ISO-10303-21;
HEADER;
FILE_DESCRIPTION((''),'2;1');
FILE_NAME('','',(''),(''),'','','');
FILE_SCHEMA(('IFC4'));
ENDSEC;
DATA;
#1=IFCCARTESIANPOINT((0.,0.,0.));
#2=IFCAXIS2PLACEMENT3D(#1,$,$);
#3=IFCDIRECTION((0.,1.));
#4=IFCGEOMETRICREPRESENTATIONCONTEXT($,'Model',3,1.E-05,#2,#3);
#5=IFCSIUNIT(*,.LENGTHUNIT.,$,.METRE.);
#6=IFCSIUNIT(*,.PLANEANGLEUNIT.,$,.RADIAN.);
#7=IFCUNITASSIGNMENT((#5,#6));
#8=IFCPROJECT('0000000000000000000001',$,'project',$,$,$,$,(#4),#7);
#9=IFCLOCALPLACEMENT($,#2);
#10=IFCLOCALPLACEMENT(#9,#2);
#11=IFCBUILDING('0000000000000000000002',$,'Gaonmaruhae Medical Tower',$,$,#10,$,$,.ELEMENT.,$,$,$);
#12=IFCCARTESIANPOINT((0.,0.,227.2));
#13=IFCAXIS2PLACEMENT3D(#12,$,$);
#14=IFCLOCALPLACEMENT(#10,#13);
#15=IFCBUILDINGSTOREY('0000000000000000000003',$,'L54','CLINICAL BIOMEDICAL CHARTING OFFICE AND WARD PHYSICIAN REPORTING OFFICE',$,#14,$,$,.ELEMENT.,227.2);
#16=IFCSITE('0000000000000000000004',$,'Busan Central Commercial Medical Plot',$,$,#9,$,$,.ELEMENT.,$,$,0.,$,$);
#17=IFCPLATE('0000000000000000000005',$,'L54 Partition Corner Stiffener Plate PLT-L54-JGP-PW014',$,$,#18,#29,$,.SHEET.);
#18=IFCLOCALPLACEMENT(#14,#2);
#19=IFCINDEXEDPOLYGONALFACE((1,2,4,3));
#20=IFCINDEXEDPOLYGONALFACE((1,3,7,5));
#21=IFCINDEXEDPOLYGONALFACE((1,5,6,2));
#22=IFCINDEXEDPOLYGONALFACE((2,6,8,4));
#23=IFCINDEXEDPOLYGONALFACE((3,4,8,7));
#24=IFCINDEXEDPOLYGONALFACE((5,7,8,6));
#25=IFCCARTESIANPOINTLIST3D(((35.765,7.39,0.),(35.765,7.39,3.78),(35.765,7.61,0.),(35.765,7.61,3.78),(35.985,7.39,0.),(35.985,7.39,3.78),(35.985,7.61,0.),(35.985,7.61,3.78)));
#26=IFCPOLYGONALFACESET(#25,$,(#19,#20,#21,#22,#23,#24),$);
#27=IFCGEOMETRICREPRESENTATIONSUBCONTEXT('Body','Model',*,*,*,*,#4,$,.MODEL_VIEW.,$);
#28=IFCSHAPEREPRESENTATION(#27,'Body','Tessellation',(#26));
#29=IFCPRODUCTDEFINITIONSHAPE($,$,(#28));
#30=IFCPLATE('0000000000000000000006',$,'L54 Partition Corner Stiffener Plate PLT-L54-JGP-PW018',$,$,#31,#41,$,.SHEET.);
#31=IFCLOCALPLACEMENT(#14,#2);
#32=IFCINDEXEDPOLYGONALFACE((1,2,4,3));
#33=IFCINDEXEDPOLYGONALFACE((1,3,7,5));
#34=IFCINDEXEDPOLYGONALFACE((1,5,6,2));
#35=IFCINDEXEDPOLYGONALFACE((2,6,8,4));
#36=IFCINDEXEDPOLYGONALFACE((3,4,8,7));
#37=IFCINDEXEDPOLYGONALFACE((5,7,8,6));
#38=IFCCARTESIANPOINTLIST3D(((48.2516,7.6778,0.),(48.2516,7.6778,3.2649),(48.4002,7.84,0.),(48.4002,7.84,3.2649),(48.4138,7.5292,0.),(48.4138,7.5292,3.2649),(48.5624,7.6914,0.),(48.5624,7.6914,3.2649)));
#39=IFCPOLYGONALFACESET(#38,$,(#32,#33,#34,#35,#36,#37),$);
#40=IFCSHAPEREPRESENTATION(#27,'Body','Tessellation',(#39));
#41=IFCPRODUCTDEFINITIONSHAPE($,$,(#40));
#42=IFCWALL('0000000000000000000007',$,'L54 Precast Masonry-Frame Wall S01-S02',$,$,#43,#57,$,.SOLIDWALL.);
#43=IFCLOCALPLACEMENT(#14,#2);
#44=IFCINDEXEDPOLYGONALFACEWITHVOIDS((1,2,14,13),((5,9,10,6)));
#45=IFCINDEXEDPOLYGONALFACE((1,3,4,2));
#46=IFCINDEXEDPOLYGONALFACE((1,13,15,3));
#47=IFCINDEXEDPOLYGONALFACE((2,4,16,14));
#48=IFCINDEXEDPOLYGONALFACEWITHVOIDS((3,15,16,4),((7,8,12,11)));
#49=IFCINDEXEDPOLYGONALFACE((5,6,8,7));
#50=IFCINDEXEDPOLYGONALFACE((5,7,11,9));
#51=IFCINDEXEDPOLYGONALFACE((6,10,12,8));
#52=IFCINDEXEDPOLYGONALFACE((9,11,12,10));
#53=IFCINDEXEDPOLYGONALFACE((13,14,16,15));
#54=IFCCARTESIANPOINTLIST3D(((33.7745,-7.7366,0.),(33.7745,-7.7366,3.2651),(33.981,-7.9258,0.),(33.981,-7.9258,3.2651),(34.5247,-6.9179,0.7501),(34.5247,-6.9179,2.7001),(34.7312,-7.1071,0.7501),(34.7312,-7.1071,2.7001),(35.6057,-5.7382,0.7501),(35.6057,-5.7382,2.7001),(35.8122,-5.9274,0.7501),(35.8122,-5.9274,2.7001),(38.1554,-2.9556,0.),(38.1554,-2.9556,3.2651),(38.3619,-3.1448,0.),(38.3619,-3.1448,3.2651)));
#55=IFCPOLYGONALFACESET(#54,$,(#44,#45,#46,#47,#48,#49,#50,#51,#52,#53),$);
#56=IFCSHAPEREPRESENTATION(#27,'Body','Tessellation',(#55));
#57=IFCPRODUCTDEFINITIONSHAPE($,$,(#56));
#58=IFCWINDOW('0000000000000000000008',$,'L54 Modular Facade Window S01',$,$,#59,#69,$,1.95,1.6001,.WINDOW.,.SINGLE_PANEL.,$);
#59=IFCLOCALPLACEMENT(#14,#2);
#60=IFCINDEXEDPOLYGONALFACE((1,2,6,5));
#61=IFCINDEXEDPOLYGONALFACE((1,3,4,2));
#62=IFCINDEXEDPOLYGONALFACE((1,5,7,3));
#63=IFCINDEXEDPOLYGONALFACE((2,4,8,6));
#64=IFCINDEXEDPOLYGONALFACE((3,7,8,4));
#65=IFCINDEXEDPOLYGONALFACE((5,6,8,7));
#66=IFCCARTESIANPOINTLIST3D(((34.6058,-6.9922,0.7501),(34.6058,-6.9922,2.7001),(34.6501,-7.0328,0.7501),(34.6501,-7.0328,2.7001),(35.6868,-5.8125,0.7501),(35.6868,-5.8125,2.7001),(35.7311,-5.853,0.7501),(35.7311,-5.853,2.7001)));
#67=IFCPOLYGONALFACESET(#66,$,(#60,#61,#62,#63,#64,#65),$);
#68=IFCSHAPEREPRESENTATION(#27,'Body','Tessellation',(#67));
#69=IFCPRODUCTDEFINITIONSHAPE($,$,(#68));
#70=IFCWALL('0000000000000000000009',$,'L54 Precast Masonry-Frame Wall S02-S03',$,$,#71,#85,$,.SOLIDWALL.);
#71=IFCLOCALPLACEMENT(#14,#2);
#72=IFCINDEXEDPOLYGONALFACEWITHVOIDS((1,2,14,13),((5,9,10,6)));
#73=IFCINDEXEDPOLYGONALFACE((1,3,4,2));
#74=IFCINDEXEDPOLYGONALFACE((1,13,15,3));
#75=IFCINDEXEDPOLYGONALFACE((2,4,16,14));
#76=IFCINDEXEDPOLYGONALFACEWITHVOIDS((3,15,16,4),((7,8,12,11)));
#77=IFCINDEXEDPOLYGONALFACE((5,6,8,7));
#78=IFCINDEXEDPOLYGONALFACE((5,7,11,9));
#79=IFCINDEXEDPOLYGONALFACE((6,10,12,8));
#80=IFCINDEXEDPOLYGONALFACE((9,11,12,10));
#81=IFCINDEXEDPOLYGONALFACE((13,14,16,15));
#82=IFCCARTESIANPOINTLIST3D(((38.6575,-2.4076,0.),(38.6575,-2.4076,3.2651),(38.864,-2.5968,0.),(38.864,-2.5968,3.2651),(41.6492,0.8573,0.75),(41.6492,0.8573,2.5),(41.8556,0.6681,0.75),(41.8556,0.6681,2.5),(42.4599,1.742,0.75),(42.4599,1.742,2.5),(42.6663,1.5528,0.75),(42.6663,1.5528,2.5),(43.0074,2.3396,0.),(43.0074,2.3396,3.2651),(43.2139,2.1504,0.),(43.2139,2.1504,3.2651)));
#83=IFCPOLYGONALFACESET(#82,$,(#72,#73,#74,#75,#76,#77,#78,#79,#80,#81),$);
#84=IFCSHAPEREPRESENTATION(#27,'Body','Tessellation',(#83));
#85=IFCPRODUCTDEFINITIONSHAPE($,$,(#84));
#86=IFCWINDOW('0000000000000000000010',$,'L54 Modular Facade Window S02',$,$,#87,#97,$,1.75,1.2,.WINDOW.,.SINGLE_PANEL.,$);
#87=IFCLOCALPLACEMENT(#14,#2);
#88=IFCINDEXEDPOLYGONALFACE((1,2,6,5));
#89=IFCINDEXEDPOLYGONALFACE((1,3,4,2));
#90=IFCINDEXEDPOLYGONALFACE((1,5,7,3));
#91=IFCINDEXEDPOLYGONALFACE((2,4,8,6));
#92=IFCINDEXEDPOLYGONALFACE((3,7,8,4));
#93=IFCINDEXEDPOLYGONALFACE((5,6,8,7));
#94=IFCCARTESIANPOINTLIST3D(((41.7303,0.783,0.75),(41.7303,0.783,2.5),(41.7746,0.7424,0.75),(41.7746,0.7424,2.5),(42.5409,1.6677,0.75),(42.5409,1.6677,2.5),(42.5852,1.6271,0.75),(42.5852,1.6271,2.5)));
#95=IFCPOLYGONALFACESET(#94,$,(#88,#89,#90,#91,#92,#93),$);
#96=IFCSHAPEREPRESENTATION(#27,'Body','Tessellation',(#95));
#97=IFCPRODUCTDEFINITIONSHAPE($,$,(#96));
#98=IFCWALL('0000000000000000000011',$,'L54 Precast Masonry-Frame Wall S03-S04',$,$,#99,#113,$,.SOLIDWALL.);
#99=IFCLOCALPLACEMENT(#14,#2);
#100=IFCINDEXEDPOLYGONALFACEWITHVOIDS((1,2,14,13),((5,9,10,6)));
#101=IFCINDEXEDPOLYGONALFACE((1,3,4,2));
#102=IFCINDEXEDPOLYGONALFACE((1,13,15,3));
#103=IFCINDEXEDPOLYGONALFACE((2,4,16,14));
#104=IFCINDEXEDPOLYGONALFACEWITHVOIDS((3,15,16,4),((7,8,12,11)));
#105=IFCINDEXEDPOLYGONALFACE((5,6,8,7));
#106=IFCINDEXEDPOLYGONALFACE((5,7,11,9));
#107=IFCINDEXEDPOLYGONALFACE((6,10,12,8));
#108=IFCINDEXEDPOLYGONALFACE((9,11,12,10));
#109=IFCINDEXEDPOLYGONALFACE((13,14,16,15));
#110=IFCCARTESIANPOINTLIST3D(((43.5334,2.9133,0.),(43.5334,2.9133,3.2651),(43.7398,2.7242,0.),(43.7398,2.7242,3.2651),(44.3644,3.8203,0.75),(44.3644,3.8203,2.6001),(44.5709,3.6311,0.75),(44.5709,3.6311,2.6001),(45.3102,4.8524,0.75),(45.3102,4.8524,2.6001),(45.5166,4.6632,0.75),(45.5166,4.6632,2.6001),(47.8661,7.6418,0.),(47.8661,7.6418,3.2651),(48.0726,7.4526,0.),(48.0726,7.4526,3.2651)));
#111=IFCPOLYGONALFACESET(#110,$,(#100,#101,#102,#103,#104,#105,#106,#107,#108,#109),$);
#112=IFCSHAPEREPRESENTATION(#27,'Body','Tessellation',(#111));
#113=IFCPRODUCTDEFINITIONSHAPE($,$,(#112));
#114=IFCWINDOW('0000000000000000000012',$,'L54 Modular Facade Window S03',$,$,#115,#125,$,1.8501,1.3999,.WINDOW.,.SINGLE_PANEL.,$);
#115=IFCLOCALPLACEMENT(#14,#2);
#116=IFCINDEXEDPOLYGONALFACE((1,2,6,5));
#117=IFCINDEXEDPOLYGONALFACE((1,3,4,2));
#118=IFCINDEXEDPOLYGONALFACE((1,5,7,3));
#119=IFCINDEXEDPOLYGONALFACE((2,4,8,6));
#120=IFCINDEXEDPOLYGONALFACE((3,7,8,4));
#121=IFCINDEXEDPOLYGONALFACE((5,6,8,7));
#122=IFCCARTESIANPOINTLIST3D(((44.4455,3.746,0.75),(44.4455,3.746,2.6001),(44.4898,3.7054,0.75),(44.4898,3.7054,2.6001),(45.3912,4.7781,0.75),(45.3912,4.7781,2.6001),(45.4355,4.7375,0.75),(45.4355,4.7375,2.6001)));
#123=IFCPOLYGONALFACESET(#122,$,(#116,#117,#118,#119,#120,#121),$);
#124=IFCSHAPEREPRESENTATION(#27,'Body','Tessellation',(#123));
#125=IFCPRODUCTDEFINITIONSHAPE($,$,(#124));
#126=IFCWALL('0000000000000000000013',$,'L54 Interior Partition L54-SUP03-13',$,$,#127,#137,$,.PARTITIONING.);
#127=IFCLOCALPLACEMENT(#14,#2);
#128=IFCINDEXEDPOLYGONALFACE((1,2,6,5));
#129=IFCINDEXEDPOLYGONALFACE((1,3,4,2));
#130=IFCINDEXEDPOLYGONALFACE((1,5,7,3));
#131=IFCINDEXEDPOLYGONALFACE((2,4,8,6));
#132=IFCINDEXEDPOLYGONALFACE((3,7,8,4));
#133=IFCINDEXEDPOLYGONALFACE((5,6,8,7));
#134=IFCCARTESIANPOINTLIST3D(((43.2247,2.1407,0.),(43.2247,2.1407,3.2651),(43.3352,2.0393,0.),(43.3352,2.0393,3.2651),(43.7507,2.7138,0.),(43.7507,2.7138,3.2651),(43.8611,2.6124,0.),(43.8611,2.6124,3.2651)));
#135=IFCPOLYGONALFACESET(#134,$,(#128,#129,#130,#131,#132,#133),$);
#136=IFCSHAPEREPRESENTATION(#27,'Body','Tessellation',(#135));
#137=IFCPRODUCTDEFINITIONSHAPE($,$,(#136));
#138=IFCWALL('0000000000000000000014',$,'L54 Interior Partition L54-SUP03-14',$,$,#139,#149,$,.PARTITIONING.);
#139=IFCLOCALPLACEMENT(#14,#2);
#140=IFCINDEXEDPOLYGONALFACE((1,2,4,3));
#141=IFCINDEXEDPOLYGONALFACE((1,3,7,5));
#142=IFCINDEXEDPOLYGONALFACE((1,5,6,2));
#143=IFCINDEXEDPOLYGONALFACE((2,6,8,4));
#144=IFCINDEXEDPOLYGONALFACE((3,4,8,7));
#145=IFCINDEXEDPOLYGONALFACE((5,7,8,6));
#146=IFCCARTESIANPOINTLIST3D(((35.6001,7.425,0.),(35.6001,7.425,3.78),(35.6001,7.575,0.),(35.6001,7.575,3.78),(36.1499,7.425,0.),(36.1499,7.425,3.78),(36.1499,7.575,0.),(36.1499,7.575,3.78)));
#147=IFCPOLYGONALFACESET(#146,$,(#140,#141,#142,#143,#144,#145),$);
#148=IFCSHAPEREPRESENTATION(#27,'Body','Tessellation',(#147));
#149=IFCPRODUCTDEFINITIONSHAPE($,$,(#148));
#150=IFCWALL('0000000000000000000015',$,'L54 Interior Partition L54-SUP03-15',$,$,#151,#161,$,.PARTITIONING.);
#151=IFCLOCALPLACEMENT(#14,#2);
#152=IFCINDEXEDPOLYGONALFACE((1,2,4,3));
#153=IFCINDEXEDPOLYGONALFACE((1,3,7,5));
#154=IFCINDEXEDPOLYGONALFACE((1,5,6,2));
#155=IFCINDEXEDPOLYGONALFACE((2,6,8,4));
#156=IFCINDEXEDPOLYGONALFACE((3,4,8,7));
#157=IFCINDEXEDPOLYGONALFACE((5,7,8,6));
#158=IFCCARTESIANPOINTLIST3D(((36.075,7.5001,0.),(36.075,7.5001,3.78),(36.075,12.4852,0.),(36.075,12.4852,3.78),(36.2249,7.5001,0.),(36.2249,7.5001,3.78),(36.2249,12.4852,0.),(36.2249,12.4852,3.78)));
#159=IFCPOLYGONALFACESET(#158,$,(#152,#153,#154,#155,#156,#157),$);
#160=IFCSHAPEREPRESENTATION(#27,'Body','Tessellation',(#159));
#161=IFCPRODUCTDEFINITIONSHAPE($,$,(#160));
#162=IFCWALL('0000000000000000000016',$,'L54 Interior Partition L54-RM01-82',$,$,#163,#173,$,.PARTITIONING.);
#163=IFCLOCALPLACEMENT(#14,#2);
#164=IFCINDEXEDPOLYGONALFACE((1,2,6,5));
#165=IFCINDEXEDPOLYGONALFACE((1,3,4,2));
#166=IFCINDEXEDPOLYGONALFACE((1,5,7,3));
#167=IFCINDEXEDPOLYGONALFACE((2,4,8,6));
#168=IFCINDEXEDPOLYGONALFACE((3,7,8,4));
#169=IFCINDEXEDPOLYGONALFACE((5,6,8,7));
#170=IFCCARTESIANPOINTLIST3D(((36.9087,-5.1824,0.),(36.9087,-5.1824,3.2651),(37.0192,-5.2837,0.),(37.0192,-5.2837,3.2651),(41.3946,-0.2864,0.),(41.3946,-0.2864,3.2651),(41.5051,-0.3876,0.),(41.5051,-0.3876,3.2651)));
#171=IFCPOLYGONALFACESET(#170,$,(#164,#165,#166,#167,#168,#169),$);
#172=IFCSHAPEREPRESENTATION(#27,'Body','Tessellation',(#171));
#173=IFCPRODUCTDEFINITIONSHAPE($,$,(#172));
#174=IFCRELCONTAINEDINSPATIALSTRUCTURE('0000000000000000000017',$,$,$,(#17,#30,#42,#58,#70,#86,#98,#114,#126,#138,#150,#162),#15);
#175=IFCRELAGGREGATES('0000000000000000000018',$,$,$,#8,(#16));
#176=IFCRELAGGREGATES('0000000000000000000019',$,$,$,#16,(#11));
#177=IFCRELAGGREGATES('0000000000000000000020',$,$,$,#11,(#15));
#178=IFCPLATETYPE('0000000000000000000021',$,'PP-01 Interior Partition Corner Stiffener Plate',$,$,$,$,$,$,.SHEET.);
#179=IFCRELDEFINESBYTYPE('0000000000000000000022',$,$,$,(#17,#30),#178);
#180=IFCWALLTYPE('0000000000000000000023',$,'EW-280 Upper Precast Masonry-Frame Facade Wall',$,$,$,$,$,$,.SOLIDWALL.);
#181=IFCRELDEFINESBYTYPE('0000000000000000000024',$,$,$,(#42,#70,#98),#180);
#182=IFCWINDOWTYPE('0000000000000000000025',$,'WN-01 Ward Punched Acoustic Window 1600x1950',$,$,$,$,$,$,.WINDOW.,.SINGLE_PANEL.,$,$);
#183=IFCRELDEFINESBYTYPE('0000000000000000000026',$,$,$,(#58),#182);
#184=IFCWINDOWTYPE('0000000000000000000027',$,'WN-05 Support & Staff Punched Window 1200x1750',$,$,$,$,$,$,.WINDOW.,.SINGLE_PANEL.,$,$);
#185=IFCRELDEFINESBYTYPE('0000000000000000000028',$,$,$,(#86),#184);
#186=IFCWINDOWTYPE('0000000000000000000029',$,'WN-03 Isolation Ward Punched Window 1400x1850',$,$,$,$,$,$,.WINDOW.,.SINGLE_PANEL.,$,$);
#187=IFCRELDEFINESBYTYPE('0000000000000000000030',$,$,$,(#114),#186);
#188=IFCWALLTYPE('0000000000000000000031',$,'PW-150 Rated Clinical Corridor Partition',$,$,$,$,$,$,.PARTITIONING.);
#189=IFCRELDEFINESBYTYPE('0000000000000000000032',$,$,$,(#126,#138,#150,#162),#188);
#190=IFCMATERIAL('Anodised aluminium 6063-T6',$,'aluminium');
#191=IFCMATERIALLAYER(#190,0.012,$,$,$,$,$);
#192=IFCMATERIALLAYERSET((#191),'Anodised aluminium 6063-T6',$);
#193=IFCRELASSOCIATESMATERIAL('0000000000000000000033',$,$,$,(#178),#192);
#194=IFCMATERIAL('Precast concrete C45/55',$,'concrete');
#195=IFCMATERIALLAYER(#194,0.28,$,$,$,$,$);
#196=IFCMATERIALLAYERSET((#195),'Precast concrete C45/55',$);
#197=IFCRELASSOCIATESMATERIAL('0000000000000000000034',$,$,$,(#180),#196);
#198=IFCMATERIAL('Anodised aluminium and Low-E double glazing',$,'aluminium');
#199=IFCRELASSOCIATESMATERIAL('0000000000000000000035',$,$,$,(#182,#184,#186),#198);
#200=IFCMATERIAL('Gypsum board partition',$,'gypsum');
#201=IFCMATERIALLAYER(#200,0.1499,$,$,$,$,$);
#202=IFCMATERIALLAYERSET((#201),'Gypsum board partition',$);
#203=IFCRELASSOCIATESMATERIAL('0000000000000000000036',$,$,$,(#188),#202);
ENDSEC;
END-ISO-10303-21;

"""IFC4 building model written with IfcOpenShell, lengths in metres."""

from ifc_helpers import new_model, si_unit, direction, frame, frame_2d, origin, origin_2d, place, context, subcontext, project, spatial, rectangle, extrude, material, layer, layer_set, type_object, element, fill, save


model = new_model("IFC4")

# Units and contexts
model_context = context("Model", 3, precision=1e-05, world=origin(), true_north=direction((0.0, 1.0)))
body_context = subcontext(model_context, "Body", "Model", "MODEL_VIEW")
ifc_project = project(units=[si_unit("LENGTHUNIT", "METRE"), si_unit("PLANEANGLEUNIT", "RADIAN")], contexts=[model_context])

# Site, building, storey
site_placement = place(None, origin())
site = spatial("IfcSite", under=ifc_project, at=site_placement, Name="Busan Central Commercial Medical Plot", CompositionType="ELEMENT", RefElevation=0.0)
building_placement = place(site_placement, origin())
building = spatial("IfcBuilding", under=site, at=building_placement, Name="Gaonmaruhae Medical Tower", CompositionType="ELEMENT")
storey_placement = place(building_placement, frame((0.0, 0.0, 227.2)))
storey = spatial("IfcBuildingStorey", under=building, at=storey_placement, Name="L54", Description="CLINICAL BIOMEDICAL CHARTING OFFICE AND WARD PHYSICIAN REPORTING OFFICE", CompositionType="ELEMENT", Elevation=227.2)

# Plates
ifc_material_1 = material(Name="Anodised aluminium 6063-T6", Category="aluminium")
ifc_layer_1 = layer(ifc_material_1, 0.012)
ifc_layer_set_1 = layer_set([ifc_layer_1], Name="Anodised aluminium 6063-T6")
plate_type = type_object("IfcPlateType", Name="PP-01 Interior Partition Corner Stiffener Plate", PredefinedType="SHEET", material=ifc_layer_set_1)
plate_1_placement = place(storey_placement, frame((35.875, 7.5, 0.0), z_axis=(0.0, 0.0, 1.0), x_axis=(1.0, 0.0, 0.0)))
element("IfcPlate", 1, at=plate_1_placement, inside=storey, type_object=plate_type, Name="L54 Partition Corner Stiffener Plate PLT-L54-JGP-PW014", PredefinedType="SHEET", context=body_context, shape_type="SweptSolid", body=[
    extrude(rectangle(XDim=0.22, YDim=0.22, at=origin_2d()), origin(), (0.0, 0.0, 1.0), 3.78),
])
plate_2_placement = place(storey_placement, frame((48.407, 7.6846, 0.0), z_axis=(0.0, 0.0, 1.0), x_axis=(-0.675552, -0.737313, 0.0)))
element("IfcPlate", 2, at=plate_2_placement, inside=storey, type_object=plate_type, Name="L54 Partition Corner Stiffener Plate PLT-L54-JGP-PW018", PredefinedType="SHEET", context=body_context, shape_type="SweptSolid", body=[
    extrude(rectangle(XDim=0.22, YDim=0.22, at=origin_2d()), origin(), (0.0, 0.0, 1.0), 3.2649),
])

# Walls, openings, windows
ifc_material_2 = material(Name="Precast concrete C45/55", Category="concrete")
ifc_layer_2 = layer(ifc_material_2, 0.28)
ifc_layer_set_2 = layer_set([ifc_layer_2], Name="Precast concrete C45/55")
wall_type_1 = type_object("IfcWallType", Name="EW-280 Upper Precast Masonry-Frame Facade Wall", PredefinedType="SOLIDWALL", material=ifc_layer_set_2)
wall_1_placement = place(storey_placement, frame((38.2585, -3.0503, 0.0), z_axis=(0.0, 0.0, 1.0), x_axis=(-0.67558, -0.737287, 0.0)))
wall_1 = element("IfcWall", 3, at=wall_1_placement, inside=storey, type_object=wall_type_1, Name="L54 Precast Masonry-Frame Wall S01-S02", PredefinedType="SOLIDWALL", context=body_context, shape_type="SweptSolid", body=[
    extrude(rectangle(XDim=6.4846, YDim=0.28, at=frame_2d((3.2422, 0.0))), origin(), (0.0, 0.0, 1.0), 3.2651),
])
opening_1_placement = place(wall_1_placement, frame((3.7739, 0.0, 0.75)))
opening_1 = element("IfcOpeningElement", 4, at=opening_1_placement, cuts=wall_1, PredefinedType="OPENING", context=body_context, shape_type="SweptSolid", body=[
    extrude(rectangle(XDim=1.6001, YDim=1.95, at=frame_2d((0.8, 0.9751))), frame((0.0, 0.1499, 0.0), z_axis=(0.0, -1.0, 0.0), x_axis=(1.0, 0.0, 0.0)), (0.0, 0.0, 1.0), 0.3),
])
ifc_material_3 = material(Name="Anodised aluminium and Low-E double glazing", Category="aluminium")
window_type_1 = type_object("IfcWindowType", Name="WN-01 Ward Punched Acoustic Window 1600x1950", PartitioningType="SINGLE_PANEL", PredefinedType="WINDOW", material=ifc_material_3)
window_1_placement = place(opening_1_placement, origin())
window_1 = element("IfcWindow", 5, at=window_1_placement, inside=storey, type_object=window_type_1, Name="L54 Modular Facade Window S01", OverallHeight=1.95, OverallWidth=1.6001, PartitioningType="SINGLE_PANEL", PredefinedType="WINDOW", context=body_context, shape_type="SweptSolid", body=[
    extrude(rectangle(XDim=1.6001, YDim=1.95, at=frame_2d((0.8, 0.9751))), frame((0.0, 0.03, 0.0), z_axis=(0.0, -1.0, 0.0), x_axis=(1.0, 0.0, 0.0)), (0.0, 0.0, 1.0), 0.0601),
])
fill(opening_1, window_1)
wall_2_placement = place(storey_placement, frame((43.1106, 2.2449, 0.0), z_axis=(0.0, 0.0, 1.0), x_axis=(-0.675587, -0.73728, 0.0)))
wall_2 = element("IfcWall", 6, at=wall_2_placement, inside=storey, type_object=wall_type_1, Name="L54 Precast Masonry-Frame Wall S02-S03", PredefinedType="SOLIDWALL", context=body_context, shape_type="SweptSolid", body=[
    extrude(rectangle(XDim=6.4387, YDim=0.28, at=frame_2d((3.2192, 0.0))), origin(), (0.0, 0.0, 1.0), 3.2651),
])
opening_2_placement = place(wall_2_placement, frame((0.8103, 0.0, 0.75)))
opening_2 = element("IfcOpeningElement", 7, at=opening_2_placement, cuts=wall_2, PredefinedType="OPENING", context=body_context, shape_type="SweptSolid", body=[
    extrude(rectangle(XDim=1.2, YDim=1.75, at=frame_2d((0.6001, 0.875))), frame((0.0, 0.1499, 0.0), z_axis=(0.0, -1.0, 0.0), x_axis=(1.0, 0.0, 0.0)), (0.0, 0.0, 1.0), 0.3),
])
window_type_2 = type_object("IfcWindowType", Name="WN-05 Support & Staff Punched Window 1200x1750", PartitioningType="SINGLE_PANEL", PredefinedType="WINDOW", material=ifc_material_3)
window_2_placement = place(opening_2_placement, origin())
window_2 = element("IfcWindow", 8, at=window_2_placement, inside=storey, type_object=window_type_2, Name="L54 Modular Facade Window S02", OverallHeight=1.75, OverallWidth=1.2, PartitioningType="SINGLE_PANEL", PredefinedType="WINDOW", context=body_context, shape_type="SweptSolid", body=[
    extrude(rectangle(XDim=1.2, YDim=1.75, at=frame_2d((0.6001, 0.875))), frame((0.0, 0.03, 0.0), z_axis=(0.0, -1.0, 0.0), x_axis=(1.0, 0.0, 0.0)), (0.0, 0.0, 1.0), 0.0601),
])
fill(opening_2, window_2)
wall_3_placement = place(storey_placement, frame((47.9692, 7.5471, 0.0), z_axis=(0.0, 0.0, 1.0), x_axis=(-0.67558, -0.737287, 0.0)))
wall_3 = element("IfcWall", 9, at=wall_3_placement, inside=storey, type_object=wall_type_1, Name="L54 Precast Masonry-Frame Wall S03-S04", PredefinedType="SOLIDWALL", context=body_context, shape_type="SweptSolid", body=[
    extrude(rectangle(XDim=6.4133, YDim=0.28, at=frame_2d((3.2065, 0.0))), origin(), (0.0, 0.0, 1.0), 3.2651),
])
opening_3_placement = place(wall_3_placement, frame((3.7832, 0.0, 0.75)))
opening_3 = element("IfcOpeningElement", 10, at=opening_3_placement, cuts=wall_3, PredefinedType="OPENING", context=body_context, shape_type="SweptSolid", body=[
    extrude(rectangle(XDim=1.3999, YDim=1.8501, at=frame_2d((0.7, 0.925))), frame((0.0, 0.1499, 0.0), z_axis=(0.0, -1.0, 0.0), x_axis=(1.0, 0.0, 0.0)), (0.0, 0.0, 1.0), 0.3),
])
window_type_3 = type_object("IfcWindowType", Name="WN-03 Isolation Ward Punched Window 1400x1850", PartitioningType="SINGLE_PANEL", PredefinedType="WINDOW", material=ifc_material_3)
window_3_placement = place(opening_3_placement, origin())
window_3 = element("IfcWindow", 11, at=window_3_placement, inside=storey, type_object=window_type_3, Name="L54 Modular Facade Window S03", OverallHeight=1.8501, OverallWidth=1.3999, PartitioningType="SINGLE_PANEL", PredefinedType="WINDOW", context=body_context, shape_type="SweptSolid", body=[
    extrude(rectangle(XDim=1.3999, YDim=1.8501, at=frame_2d((0.7, 0.925))), frame((0.0, 0.03, 0.0), z_axis=(0.0, -1.0, 0.0), x_axis=(1.0, 0.0, 0.0)), (0.0, 0.0, 1.0), 0.0601),
])
fill(opening_3, window_3)

# Walls
ifc_material_4 = material(Name="Gypsum board partition", Category="gypsum")
ifc_layer_3 = layer(ifc_material_4, 0.1499)
ifc_layer_set_3 = layer_set([ifc_layer_3], Name="Gypsum board partition")
wall_type_2 = type_object("IfcWallType", Name="PW-150 Rated Clinical Corridor Partition", PredefinedType="PARTITIONING", material=ifc_layer_set_3)
wall_4_placement = place(storey_placement, frame((43.8059, 2.6631, 0.0), z_axis=(0.0, 0.0, 1.0), x_axis=(-0.676165, -0.73675, 0.0)))
element("IfcWall", 12, at=wall_4_placement, inside=storey, type_object=wall_type_2, Name="L54 Interior Partition L54-SUP03-13", PredefinedType="PARTITIONING", context=body_context, shape_type="SweptSolid", body=[
    extrude(rectangle(XDim=0.7778, YDim=0.1499, at=frame_2d((0.3889, 0.0))), origin(), (0.0, 0.0, 1.0), 3.2651),
])
wall_5_placement = place(storey_placement, frame((35.6001, 7.5, 0.0), z_axis=(0.0, 0.0, 1.0), x_axis=(1.0, 0.0, 0.0)))
element("IfcWall", 13, at=wall_5_placement, inside=storey, type_object=wall_type_2, Name="L54 Interior Partition L54-SUP03-14", PredefinedType="PARTITIONING", context=body_context, shape_type="SweptSolid", body=[
    extrude(rectangle(XDim=0.5498, YDim=0.1499, at=frame_2d((0.2749, 0.0))), origin(), (0.0, 0.0, 1.0), 3.78),
])
wall_6_placement = place(storey_placement, frame((36.1499, 7.5, 0.0), z_axis=(0.0, 0.0, 1.0), x_axis=(0.0, 1.0, 0.0)))
element("IfcWall", 14, at=wall_6_placement, inside=storey, type_object=wall_type_2, Name="L54 Interior Partition L54-SUP03-15", PredefinedType="PARTITIONING", context=body_context, shape_type="SweptSolid", body=[
    extrude(rectangle(XDim=4.9851, YDim=0.1499, at=frame_2d((2.4927, 0.0))), origin(), (0.0, 0.0, 1.0), 3.78),
])
wall_7_placement = place(storey_placement, frame((41.45, -0.3369, 0.0), z_axis=(0.0, 0.0, 1.0), x_axis=(-0.675548, -0.737316, 0.0)))
element("IfcWall", 15, at=wall_7_placement, inside=storey, type_object=wall_type_2, Name="L54 Interior Partition L54-RM01-82", PredefinedType="PARTITIONING", context=body_context, shape_type="SweptSolid", body=[
    extrude(rectangle(XDim=6.6404, YDim=0.1499, at=frame_2d((3.3203, 0.0))), origin(), (0.0, 0.0, 1.0), 3.2651),
])

save(model, "model.ifc")
